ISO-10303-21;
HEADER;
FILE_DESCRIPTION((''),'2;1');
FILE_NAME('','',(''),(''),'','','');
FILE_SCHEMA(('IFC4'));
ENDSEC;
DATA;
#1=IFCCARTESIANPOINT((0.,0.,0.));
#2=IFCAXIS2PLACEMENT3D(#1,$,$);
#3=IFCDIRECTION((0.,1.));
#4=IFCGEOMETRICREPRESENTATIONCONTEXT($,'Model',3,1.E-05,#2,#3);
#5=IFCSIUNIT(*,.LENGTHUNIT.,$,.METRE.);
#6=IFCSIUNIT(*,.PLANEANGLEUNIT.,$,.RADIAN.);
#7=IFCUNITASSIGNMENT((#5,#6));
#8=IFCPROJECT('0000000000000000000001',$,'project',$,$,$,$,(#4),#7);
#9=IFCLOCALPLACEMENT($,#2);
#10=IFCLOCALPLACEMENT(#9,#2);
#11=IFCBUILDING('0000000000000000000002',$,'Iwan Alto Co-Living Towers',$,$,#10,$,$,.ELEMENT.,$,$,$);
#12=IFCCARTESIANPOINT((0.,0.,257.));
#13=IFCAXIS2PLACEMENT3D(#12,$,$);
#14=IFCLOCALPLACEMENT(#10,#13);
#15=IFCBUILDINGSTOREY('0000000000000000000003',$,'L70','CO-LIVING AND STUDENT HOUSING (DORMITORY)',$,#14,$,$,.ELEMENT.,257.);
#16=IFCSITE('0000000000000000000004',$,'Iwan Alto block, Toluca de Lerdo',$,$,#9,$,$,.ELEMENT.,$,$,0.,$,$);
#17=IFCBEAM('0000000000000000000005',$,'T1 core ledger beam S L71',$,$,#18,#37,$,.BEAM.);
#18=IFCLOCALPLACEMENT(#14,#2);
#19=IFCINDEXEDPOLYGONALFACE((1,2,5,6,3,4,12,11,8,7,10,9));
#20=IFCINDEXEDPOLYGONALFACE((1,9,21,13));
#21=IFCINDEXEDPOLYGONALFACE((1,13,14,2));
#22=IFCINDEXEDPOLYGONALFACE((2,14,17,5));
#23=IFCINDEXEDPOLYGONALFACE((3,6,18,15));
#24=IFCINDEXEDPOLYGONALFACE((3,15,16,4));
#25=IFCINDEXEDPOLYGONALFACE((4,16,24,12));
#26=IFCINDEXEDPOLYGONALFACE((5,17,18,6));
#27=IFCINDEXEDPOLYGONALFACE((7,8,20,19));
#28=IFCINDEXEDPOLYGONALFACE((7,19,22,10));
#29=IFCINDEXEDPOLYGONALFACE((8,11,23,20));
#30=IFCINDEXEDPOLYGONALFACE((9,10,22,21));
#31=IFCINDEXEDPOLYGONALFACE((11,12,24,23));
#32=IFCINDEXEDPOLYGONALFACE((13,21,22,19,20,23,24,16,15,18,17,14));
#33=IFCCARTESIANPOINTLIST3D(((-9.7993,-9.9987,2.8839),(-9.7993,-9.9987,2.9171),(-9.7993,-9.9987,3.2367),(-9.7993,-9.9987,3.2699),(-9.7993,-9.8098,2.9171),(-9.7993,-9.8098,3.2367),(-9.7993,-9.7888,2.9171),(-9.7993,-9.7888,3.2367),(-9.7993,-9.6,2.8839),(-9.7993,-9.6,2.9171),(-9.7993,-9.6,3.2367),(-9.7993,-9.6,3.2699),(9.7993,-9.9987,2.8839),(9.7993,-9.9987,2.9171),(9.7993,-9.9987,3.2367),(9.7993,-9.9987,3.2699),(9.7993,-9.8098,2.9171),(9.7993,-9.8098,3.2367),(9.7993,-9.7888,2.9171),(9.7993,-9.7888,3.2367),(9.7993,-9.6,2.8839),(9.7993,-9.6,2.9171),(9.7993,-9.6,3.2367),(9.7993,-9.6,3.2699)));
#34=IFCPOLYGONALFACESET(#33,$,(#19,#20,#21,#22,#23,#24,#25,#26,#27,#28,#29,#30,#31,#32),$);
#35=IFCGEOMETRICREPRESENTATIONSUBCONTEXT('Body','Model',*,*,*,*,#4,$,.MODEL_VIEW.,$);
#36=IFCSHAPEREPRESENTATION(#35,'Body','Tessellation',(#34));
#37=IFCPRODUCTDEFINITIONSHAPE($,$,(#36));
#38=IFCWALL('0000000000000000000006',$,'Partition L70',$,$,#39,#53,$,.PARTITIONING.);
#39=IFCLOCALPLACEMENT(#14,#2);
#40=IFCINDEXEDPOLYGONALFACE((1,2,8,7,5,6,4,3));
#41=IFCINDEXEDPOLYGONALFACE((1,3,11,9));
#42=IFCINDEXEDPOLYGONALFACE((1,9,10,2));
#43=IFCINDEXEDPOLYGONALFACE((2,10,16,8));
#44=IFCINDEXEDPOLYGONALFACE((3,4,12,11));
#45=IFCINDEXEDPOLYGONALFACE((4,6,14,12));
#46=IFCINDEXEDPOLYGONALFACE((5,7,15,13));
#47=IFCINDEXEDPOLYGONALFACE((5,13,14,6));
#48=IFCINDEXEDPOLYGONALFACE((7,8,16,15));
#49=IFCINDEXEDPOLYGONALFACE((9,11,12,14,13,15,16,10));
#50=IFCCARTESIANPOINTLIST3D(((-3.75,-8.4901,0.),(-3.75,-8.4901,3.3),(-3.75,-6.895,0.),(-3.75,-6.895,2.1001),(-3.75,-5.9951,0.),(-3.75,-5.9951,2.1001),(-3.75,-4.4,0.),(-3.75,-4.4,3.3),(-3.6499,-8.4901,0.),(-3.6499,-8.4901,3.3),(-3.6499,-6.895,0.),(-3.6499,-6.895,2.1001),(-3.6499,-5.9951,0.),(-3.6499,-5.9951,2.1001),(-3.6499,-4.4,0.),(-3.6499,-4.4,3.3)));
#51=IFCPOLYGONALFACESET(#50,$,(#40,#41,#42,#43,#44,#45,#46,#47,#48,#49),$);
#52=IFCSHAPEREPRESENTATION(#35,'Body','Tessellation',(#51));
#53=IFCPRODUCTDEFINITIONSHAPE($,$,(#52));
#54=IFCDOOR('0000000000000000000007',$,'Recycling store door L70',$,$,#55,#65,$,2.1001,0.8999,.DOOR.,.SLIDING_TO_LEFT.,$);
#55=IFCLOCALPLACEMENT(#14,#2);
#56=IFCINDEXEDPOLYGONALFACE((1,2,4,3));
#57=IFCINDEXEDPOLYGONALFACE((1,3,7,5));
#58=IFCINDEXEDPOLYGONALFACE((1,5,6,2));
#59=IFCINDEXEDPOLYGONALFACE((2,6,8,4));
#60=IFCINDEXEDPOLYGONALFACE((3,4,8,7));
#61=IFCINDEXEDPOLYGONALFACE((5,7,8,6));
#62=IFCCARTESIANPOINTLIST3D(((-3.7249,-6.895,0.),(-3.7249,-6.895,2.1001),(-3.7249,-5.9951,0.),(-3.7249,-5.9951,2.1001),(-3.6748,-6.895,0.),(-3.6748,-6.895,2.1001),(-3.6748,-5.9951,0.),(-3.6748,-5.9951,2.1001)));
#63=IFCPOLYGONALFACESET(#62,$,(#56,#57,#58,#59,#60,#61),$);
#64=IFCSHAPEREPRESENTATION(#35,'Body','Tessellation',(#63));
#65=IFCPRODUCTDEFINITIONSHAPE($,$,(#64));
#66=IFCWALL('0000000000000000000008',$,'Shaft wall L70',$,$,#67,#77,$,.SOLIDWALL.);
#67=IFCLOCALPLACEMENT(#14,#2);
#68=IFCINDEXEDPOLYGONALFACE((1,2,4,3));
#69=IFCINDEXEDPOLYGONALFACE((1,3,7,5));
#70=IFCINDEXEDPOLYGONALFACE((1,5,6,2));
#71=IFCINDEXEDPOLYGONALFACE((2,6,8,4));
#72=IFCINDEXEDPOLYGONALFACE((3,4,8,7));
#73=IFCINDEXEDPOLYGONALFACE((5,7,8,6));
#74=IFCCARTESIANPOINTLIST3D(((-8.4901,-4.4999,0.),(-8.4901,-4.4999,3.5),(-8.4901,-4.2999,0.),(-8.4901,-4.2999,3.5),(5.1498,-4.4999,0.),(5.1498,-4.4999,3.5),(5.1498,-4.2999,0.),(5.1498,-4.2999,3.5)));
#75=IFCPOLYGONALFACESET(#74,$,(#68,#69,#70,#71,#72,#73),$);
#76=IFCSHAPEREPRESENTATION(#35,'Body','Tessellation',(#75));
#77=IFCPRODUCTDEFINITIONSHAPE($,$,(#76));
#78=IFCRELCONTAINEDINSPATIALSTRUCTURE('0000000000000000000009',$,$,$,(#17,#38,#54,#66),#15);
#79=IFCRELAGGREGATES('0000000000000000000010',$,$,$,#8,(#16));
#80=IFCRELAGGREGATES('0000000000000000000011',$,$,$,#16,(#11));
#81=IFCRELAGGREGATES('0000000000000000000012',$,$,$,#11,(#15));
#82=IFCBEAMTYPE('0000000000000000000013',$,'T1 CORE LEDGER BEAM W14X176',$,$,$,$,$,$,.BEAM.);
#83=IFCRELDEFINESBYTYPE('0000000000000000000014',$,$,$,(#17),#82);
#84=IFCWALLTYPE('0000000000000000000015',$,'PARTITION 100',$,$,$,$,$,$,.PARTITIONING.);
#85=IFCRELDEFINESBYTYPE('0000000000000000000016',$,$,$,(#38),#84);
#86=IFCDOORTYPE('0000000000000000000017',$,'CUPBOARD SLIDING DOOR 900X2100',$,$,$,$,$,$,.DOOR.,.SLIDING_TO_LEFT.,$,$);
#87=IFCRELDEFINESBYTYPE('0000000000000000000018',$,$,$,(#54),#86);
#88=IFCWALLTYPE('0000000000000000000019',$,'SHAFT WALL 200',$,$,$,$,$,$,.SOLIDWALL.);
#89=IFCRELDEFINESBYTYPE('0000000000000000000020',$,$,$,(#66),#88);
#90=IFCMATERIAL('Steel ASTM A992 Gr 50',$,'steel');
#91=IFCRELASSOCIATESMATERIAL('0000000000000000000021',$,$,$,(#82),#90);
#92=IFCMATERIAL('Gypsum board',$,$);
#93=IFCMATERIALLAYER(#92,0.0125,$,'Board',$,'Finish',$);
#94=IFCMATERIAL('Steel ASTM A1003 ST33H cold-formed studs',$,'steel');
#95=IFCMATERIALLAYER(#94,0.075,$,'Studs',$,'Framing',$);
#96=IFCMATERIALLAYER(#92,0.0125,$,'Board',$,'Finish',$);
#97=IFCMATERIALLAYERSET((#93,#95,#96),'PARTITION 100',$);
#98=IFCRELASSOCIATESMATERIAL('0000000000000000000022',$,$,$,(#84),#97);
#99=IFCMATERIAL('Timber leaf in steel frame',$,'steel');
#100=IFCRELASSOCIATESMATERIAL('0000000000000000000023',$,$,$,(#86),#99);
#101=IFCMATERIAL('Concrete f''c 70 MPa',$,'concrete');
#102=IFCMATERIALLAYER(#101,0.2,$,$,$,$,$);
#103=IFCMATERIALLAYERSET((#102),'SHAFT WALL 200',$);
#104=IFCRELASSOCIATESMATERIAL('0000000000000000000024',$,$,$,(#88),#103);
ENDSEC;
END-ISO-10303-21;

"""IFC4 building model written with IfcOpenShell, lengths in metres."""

from ifc_helpers import new_model, si_unit, direction, frame, frame_2d, origin, origin_2d, place, context, subcontext, project, spatial, rectangle, i_section, extrude, material, layer, layer_set, material_profile, profile_set, type_object, element, fill, save


model = new_model("IFC4")

# Units and contexts
model_context = context("Model", 3, precision=1e-05, world=origin(), true_north=direction((0.0, 1.0)))
body_context = subcontext(model_context, "Body", "Model", "MODEL_VIEW")
ifc_project = project(units=[si_unit("LENGTHUNIT", "METRE"), si_unit("PLANEANGLEUNIT", "RADIAN")], contexts=[model_context])

# Site, building, storey
site_placement = place(None, origin())
site = spatial("IfcSite", under=ifc_project, at=site_placement, Name="Iwan Alto block, Toluca de Lerdo", CompositionType="ELEMENT", RefElevation=0.0)
building_placement = place(site_placement, origin())
building = spatial("IfcBuilding", under=site, at=building_placement, Name="Iwan Alto Co-Living Towers", CompositionType="ELEMENT")
storey_placement = place(building_placement, frame((0.0, 0.0, 257.0)))
storey = spatial("IfcBuildingStorey", under=building, at=storey_placement, Name="L70", Description="CO-LIVING AND STUDENT HOUSING (DORMITORY)", CompositionType="ELEMENT", Elevation=257.0)

# Beam
ifc_material_1 = material(Name="Steel ASTM A992 Gr 50", Category="steel")
ifc_material_profile = material_profile(ifc_material_1, i_section(OverallWidth=0.3987, OverallDepth=0.386, WebThickness=0.021, FlangeThickness=0.0332, at=origin_2d()), Name="W14X176")
ifc_profile_set = profile_set([ifc_material_profile], Name="Steel ASTM A992 Gr 50")
beam_type = type_object("IfcBeamType", Name="T1 CORE LEDGER BEAM W14X176", PredefinedType="BEAM", material=ifc_profile_set)
beam_placement = place(storey_placement, frame((-9.7993, -9.7993, 3.0769), z_axis=(1.0, 0.0, 0.0), x_axis=(0.0, 1.0, 0.0)))
element("IfcBeam", 1, at=beam_placement, inside=storey, type_object=beam_type, Name="T1 core ledger beam S L71", PredefinedType="BEAM", context=body_context, shape_type="SweptSolid", body=[
    extrude(i_section(OverallWidth=0.3987, OverallDepth=0.386, WebThickness=0.021, FlangeThickness=0.0332, at=origin_2d()), origin(), (0.0, 0.0, 1.0), 19.5986),
])

# Wall, opening, door
ifc_material_2 = material(Name="Gypsum board")
ifc_layer_1 = layer(ifc_material_2, 0.0125, Name="Board", Category="Finish")
ifc_material_3 = material(Name="Steel ASTM A1003 ST33H cold-formed studs", Category="steel")
ifc_layer_2 = layer(ifc_material_3, 0.075, Name="Studs", Category="Framing")
ifc_layer_3 = layer(ifc_material_2, 0.0125, Name="Board", Category="Finish")
ifc_layer_set_1 = layer_set([ifc_layer_1, ifc_layer_2, ifc_layer_3], Name="PARTITION 100")
wall_type_1 = type_object("IfcWallType", Name="PARTITION 100", PredefinedType="PARTITIONING", material=ifc_layer_set_1)
wall_1_placement = place(storey_placement, frame((-3.7, -8.49, 0.0), z_axis=(0.0, 0.0, 1.0), x_axis=(0.0, 1.0, 0.0)))
wall_1 = element("IfcWall", 2, at=wall_1_placement, inside=storey, type_object=wall_type_1, Name="Partition L70", PredefinedType="PARTITIONING", context=body_context, shape_type="SweptSolid", body=[
    extrude(rectangle(XDim=4.0901, YDim=0.1001, at=frame_2d((2.0449, 0.0))), origin(), (0.0, 0.0, 1.0), 3.3),
])
opening_1_placement = place(wall_1_placement, frame((1.595, 0.0, 0.0)))
opening_1 = element("IfcOpeningElement", 3, at=opening_1_placement, cuts=wall_1, PredefinedType="OPENING", context=body_context, shape_type="SweptSolid", body=[
    extrude(rectangle(XDim=0.8999, YDim=2.1001, at=frame_2d((0.45, 1.05))), frame((0.0, 0.0601, 0.0), z_axis=(0.0, -1.0, 0.0), x_axis=(1.0, 0.0, 0.0)), (0.0, 0.0, 1.0), 0.1201),
])
ifc_material_4 = material(Name="Timber leaf in steel frame", Category="steel")
door_type_1 = type_object("IfcDoorType", Name="CUPBOARD SLIDING DOOR 900X2100", OperationType="SLIDING_TO_LEFT", PredefinedType="DOOR", material=ifc_material_4)
door_1_placement = place(opening_1_placement, origin())
door_1 = element("IfcDoor", 4, at=door_1_placement, inside=storey, type_object=door_type_1, Name="Recycling store door L70", OperationType="SLIDING_TO_LEFT", OverallHeight=2.1001, OverallWidth=0.8999, PredefinedType="DOOR", context=body_context, shape_type="SweptSolid", body=[
    extrude(rectangle(XDim=0.8999, YDim=2.1001, at=frame_2d((0.45, 1.05))), frame((0.0, 0.0249, 0.0), z_axis=(0.0, -1.0, 0.0), x_axis=(1.0, 0.0, 0.0)), (0.0, 0.0, 1.0), 0.05),
])
fill(opening_1, door_1)

# Wall
ifc_material_5 = material(Name="Concrete f'c 70 MPa", Category="concrete")
ifc_layer_4 = layer(ifc_material_5, 0.2)
ifc_layer_set_2 = layer_set([ifc_layer_4], Name="SHAFT WALL 200")
wall_type_2 = type_object("IfcWallType", Name="SHAFT WALL 200", PredefinedType="SOLIDWALL", material=ifc_layer_set_2)
wall_2_placement = place(storey_placement, frame((-8.49, -4.3999, 0.0), z_axis=(0.0, 0.0, 1.0), x_axis=(1.0, 0.0, 0.0)))
element("IfcWall", 5, at=wall_2_placement, inside=storey, type_object=wall_type_2, Name="Shaft wall L70", PredefinedType="SOLIDWALL", context=body_context, shape_type="SweptSolid", body=[
    extrude(rectangle(XDim=13.6399, YDim=0.2, at=frame_2d((6.8198, 0.0))), origin(), (0.0, 0.0, 1.0), 3.5),
])

save(model, "model.ifc")
